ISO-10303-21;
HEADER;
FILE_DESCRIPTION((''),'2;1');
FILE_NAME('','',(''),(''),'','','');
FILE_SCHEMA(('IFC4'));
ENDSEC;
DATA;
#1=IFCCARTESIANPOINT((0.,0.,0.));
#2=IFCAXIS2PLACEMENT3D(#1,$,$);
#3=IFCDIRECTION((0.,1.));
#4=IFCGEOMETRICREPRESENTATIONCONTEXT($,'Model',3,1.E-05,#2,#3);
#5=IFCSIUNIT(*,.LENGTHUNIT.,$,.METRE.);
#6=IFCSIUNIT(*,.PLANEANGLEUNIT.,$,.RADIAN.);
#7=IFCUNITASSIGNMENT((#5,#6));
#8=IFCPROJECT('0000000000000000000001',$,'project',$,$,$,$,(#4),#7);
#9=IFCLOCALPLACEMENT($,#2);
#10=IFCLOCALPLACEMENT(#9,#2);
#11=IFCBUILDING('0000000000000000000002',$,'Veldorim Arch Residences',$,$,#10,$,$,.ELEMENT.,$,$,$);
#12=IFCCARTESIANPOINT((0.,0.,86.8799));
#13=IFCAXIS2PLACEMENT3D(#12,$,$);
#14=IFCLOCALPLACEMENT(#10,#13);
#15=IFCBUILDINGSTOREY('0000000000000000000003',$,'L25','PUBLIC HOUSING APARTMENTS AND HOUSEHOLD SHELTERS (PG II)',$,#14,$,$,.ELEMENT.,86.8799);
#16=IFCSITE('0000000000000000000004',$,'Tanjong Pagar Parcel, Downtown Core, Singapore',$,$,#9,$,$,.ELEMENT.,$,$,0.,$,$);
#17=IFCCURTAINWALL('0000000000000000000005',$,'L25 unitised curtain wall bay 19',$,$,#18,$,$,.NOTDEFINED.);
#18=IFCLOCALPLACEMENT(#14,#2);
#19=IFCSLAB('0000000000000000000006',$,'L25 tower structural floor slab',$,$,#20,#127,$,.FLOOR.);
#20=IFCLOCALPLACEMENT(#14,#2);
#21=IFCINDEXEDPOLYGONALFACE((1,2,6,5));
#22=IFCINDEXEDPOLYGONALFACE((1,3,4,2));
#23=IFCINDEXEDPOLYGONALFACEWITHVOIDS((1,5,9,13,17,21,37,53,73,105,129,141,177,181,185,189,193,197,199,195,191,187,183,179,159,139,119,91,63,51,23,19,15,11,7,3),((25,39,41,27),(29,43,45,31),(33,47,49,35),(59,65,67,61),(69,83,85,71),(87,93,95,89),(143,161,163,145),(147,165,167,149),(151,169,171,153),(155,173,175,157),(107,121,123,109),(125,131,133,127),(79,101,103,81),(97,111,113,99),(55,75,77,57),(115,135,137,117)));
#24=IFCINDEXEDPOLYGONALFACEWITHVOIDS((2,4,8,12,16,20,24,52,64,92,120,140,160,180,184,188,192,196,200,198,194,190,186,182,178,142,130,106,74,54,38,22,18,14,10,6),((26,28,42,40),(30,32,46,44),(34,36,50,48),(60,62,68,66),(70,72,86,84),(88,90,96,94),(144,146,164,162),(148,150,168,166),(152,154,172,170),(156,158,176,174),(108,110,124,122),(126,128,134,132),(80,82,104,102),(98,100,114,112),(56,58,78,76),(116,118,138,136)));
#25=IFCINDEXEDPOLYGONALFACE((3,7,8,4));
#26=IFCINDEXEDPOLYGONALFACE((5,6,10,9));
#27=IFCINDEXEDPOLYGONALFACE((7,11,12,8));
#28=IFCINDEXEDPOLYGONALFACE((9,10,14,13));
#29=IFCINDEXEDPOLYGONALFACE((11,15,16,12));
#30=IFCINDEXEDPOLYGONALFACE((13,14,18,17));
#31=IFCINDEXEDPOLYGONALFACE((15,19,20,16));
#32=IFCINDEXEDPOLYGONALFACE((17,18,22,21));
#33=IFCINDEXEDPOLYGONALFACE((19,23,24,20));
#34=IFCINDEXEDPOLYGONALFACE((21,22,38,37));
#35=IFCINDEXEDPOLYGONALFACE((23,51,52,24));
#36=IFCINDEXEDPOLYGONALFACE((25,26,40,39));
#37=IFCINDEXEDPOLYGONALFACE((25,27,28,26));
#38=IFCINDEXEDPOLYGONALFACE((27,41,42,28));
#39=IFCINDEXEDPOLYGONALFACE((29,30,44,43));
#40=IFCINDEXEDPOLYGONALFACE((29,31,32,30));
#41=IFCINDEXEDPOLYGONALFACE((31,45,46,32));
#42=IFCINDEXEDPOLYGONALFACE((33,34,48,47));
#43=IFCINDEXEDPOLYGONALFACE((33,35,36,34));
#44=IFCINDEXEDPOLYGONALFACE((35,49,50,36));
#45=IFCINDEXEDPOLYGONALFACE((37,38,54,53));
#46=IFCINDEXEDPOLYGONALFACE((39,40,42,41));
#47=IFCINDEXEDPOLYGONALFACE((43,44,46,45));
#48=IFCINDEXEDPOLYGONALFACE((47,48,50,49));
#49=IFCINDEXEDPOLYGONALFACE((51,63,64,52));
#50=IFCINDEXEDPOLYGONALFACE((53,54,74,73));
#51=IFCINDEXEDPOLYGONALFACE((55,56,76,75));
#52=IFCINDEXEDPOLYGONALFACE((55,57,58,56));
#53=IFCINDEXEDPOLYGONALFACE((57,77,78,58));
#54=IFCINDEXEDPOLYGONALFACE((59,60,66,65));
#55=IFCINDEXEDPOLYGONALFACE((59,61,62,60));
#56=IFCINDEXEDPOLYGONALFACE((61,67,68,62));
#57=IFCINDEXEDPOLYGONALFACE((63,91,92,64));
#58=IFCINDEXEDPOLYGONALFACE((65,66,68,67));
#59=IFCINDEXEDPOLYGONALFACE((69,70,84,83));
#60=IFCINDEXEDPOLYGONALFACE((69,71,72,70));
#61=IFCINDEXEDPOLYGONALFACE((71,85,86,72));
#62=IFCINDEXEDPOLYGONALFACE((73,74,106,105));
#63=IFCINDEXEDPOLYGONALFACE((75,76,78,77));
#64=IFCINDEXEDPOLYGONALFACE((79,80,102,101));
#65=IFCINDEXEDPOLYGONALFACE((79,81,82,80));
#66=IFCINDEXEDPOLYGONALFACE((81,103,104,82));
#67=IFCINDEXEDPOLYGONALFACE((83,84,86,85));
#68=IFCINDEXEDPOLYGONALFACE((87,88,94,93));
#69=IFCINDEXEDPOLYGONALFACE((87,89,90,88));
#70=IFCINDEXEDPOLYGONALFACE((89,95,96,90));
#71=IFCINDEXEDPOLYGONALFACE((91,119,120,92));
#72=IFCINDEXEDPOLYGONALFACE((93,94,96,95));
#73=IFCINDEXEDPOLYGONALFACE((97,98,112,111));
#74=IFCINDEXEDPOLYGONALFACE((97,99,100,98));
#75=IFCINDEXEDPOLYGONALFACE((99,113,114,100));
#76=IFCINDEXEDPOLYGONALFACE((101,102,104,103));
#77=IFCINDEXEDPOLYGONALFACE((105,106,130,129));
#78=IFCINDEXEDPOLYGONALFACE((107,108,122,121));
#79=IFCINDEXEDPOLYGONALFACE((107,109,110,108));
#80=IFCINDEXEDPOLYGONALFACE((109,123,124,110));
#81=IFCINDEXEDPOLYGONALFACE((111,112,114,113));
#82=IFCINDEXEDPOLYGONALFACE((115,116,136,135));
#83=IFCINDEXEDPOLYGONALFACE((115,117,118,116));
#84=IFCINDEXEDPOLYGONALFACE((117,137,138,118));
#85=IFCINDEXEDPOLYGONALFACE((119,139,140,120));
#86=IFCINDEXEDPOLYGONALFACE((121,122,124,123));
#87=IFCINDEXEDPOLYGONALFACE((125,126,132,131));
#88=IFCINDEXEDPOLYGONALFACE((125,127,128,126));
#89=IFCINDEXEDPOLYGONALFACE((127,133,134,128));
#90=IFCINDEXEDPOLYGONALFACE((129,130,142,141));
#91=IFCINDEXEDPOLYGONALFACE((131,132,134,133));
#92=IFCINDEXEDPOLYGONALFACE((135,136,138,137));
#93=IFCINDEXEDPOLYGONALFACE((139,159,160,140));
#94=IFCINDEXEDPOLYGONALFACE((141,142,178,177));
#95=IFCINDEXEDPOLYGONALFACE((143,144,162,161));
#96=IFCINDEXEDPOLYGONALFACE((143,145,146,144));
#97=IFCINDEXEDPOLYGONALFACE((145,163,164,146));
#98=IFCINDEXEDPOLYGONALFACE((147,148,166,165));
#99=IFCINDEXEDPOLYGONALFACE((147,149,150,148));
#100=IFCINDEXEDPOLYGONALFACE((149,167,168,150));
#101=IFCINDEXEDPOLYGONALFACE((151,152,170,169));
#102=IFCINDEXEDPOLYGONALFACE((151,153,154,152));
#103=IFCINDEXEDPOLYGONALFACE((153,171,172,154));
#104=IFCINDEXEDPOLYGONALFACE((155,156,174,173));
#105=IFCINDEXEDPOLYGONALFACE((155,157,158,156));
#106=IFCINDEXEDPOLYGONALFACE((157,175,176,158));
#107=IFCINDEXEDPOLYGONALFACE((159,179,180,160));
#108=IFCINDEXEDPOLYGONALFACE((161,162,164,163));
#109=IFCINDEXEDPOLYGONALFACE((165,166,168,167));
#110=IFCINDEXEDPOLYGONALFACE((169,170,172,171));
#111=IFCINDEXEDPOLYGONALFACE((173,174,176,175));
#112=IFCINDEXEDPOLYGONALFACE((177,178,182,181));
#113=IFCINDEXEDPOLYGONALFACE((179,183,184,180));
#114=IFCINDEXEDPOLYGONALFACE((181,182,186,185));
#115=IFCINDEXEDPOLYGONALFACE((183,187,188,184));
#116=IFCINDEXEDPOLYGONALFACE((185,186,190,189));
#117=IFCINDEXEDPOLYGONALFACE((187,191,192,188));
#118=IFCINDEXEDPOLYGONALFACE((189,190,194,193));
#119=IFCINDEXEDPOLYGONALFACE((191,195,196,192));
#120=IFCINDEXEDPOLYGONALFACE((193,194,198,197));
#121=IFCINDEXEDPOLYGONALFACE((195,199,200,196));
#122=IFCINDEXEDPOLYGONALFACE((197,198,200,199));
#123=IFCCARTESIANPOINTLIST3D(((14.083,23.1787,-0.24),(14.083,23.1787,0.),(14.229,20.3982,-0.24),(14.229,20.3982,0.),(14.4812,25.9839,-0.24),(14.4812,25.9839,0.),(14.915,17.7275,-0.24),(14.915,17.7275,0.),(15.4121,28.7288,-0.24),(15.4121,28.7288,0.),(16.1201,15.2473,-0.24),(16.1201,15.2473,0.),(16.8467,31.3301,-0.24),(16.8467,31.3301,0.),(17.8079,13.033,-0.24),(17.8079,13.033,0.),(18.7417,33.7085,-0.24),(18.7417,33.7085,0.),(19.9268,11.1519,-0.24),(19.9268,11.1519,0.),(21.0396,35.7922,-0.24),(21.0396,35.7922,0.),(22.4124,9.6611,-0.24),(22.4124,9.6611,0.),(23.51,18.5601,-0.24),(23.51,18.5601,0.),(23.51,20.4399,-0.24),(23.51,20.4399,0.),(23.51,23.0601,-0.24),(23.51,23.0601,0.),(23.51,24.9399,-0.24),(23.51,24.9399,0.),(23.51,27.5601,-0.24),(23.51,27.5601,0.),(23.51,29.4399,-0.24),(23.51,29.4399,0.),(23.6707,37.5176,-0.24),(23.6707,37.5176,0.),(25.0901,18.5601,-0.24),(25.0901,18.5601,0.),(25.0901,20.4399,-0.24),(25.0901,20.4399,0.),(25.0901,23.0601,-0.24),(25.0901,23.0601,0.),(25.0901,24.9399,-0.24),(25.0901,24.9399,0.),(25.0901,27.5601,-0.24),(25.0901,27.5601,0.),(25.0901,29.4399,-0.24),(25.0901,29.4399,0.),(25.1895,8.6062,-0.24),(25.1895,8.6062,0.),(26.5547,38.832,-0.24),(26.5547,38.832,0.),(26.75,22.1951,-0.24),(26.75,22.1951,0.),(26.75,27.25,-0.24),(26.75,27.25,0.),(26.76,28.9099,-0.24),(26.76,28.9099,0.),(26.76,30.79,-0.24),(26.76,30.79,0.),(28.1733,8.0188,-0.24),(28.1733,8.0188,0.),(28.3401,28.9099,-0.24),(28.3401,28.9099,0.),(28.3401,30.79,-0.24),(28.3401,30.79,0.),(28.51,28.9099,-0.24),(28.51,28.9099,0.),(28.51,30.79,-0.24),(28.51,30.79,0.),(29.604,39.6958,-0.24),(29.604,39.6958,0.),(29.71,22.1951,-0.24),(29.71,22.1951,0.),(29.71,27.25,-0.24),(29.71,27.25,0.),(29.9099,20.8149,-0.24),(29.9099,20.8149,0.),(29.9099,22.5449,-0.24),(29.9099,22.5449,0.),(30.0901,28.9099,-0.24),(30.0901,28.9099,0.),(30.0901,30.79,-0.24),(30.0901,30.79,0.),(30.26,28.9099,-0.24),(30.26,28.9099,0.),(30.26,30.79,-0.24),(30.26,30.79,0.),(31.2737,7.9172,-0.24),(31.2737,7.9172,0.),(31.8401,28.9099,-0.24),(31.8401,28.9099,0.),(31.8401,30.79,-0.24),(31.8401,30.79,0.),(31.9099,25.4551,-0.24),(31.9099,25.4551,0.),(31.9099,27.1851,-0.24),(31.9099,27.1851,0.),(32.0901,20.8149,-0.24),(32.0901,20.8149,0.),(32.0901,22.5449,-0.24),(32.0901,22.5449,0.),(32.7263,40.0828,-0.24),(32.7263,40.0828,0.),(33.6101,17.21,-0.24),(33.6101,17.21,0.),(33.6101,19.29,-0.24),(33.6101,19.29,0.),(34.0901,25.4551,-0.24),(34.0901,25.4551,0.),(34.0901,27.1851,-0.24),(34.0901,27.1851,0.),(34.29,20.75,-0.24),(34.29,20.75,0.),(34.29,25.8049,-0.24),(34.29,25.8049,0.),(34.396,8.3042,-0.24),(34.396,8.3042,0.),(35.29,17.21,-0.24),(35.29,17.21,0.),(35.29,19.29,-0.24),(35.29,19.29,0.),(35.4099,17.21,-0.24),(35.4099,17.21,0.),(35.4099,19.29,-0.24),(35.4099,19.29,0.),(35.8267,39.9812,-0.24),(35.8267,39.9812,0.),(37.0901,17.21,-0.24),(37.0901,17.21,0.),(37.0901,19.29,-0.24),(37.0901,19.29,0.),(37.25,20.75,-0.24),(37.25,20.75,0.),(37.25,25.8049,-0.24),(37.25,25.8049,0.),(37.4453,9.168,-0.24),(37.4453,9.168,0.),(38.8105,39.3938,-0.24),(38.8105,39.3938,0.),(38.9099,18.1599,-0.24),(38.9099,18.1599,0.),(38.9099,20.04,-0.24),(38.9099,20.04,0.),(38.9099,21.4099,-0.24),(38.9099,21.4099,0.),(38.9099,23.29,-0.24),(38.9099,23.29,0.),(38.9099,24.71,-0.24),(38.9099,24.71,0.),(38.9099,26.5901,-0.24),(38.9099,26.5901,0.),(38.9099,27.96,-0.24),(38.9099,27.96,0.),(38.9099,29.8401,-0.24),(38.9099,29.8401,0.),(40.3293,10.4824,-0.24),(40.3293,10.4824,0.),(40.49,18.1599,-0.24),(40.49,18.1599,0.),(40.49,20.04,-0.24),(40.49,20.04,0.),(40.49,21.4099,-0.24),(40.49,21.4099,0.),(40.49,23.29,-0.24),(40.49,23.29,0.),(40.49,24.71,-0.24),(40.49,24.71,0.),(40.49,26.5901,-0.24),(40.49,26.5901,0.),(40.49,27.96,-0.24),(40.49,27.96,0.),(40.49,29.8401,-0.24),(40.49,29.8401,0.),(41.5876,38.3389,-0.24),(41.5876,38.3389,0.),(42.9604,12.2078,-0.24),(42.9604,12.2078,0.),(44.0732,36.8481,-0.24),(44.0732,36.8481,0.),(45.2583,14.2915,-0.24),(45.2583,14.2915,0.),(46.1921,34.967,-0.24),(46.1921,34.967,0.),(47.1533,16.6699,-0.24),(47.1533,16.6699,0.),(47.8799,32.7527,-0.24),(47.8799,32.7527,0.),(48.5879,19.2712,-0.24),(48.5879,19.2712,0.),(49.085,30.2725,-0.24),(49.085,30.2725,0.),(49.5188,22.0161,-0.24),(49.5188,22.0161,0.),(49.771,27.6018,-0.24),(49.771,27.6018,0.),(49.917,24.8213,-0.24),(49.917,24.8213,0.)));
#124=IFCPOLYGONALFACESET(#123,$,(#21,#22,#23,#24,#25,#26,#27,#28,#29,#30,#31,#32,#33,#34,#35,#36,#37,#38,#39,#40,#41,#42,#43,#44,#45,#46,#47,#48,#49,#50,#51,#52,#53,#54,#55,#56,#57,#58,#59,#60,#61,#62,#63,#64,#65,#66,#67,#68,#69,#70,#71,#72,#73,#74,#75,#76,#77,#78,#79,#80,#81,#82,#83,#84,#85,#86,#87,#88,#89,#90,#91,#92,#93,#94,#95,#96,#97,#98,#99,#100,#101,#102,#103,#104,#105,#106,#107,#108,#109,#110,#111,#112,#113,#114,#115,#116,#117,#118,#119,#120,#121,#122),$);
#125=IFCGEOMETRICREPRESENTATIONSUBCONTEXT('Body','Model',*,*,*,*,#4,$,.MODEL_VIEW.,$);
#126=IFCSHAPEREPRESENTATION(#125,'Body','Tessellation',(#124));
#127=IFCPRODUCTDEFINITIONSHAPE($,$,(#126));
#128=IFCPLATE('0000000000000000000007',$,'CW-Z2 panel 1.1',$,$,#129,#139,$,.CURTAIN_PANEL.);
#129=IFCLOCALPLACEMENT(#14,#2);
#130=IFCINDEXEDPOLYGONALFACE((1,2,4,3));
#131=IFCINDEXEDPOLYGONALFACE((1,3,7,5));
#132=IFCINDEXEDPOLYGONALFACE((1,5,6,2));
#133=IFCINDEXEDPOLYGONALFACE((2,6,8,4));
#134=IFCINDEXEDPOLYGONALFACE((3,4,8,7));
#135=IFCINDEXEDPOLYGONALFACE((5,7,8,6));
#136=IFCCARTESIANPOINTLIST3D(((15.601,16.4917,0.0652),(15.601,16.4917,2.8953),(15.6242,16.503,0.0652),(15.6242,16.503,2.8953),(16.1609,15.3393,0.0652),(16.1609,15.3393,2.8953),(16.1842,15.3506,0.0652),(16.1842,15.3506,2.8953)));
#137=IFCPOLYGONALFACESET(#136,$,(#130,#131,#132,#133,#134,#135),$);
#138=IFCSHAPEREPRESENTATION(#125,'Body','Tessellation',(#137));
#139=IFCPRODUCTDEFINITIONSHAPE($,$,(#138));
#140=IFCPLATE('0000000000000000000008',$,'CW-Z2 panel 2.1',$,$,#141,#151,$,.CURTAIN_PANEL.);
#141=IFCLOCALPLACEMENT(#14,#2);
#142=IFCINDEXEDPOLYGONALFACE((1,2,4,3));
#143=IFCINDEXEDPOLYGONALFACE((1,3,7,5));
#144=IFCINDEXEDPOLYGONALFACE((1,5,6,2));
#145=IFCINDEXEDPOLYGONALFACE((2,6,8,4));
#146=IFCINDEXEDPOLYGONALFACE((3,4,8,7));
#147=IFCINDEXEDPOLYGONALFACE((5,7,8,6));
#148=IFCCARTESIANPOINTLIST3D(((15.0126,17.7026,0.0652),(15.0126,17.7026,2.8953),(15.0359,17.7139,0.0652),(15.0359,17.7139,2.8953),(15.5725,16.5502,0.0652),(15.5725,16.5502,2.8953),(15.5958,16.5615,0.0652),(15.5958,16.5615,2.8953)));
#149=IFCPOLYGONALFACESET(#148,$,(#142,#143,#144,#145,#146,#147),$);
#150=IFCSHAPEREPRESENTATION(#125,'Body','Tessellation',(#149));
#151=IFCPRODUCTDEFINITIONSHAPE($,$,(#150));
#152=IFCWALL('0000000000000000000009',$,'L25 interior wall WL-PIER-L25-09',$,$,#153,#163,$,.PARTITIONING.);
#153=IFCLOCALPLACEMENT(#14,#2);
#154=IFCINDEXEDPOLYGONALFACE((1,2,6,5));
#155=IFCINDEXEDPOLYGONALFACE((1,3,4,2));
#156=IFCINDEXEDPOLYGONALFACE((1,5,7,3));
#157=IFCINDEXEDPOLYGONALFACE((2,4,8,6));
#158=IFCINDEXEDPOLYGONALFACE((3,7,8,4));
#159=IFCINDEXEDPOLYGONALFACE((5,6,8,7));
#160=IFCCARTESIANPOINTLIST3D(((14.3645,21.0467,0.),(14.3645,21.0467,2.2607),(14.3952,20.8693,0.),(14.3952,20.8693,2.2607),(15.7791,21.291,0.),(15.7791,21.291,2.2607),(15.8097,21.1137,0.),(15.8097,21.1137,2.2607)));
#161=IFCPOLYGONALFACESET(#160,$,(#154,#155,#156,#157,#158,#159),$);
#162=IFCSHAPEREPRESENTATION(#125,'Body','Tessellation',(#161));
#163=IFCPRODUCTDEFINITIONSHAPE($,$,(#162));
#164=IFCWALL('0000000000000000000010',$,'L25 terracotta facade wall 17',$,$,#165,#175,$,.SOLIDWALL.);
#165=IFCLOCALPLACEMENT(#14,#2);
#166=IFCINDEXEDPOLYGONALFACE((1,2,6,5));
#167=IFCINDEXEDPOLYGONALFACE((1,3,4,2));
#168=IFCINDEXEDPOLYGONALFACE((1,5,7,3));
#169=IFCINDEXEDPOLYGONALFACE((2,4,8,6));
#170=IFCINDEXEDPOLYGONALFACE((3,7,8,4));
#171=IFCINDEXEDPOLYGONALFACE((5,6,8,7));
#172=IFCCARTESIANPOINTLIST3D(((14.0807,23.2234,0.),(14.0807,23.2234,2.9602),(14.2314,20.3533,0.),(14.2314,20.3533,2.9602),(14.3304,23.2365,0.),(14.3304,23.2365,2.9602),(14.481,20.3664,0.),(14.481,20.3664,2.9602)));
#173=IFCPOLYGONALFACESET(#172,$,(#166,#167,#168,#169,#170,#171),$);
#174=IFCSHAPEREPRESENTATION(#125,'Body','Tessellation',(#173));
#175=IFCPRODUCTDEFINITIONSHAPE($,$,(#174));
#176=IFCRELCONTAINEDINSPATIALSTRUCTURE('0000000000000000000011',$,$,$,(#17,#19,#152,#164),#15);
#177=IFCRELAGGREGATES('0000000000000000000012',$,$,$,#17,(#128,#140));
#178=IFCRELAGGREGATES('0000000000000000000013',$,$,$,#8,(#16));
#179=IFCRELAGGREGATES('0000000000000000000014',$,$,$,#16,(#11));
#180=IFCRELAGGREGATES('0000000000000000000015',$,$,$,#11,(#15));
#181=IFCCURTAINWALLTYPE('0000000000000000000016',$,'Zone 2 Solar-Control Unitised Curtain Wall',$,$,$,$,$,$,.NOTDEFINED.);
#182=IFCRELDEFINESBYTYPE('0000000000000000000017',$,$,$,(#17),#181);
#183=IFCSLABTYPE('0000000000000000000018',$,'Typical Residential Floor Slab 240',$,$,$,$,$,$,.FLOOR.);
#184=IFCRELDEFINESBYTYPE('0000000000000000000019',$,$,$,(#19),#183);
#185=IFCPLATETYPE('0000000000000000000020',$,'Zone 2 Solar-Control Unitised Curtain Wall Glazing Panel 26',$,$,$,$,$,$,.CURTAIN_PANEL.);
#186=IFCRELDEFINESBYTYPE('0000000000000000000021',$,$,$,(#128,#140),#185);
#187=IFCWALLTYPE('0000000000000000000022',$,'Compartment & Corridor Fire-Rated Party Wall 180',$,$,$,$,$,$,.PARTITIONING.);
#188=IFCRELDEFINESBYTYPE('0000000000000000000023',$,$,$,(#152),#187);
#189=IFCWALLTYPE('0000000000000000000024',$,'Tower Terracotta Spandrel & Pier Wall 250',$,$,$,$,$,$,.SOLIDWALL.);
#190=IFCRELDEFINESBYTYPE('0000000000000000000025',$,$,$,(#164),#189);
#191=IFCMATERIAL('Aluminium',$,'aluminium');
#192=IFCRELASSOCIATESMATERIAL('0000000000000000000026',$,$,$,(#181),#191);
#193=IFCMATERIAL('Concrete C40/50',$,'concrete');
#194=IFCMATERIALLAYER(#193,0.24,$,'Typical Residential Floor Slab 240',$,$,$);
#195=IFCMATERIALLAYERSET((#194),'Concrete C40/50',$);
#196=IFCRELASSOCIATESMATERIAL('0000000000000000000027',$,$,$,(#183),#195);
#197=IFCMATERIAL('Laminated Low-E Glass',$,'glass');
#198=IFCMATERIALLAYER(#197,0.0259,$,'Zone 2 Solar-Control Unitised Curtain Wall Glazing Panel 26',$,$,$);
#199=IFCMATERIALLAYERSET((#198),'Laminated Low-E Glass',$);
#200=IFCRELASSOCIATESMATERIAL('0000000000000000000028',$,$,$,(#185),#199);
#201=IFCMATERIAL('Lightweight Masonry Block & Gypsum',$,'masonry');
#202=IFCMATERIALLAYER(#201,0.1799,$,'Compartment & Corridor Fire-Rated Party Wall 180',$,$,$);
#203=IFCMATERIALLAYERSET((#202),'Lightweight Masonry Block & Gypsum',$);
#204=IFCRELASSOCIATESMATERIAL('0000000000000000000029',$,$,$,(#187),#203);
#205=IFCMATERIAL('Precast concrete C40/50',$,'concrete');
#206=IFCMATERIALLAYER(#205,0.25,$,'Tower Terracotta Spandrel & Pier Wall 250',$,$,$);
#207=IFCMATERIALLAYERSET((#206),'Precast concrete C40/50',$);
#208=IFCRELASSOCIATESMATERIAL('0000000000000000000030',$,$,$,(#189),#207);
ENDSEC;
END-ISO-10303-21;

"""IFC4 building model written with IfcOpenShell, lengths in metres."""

from ifc_helpers import new_model, si_unit, direction, frame, frame_2d, origin, origin_2d, place, context, subcontext, project, spatial, polyline, rectangle, outline, extrude, material, layer, layer_set, type_object, element, aggregate, save


model = new_model("IFC4")

# Units and contexts
model_context = context("Model", 3, precision=1e-05, world=origin(), true_north=direction((0.0, 1.0)))
body_context = subcontext(model_context, "Body", "Model", "MODEL_VIEW")
ifc_project = project(units=[si_unit("LENGTHUNIT", "METRE"), si_unit("PLANEANGLEUNIT", "RADIAN")], contexts=[model_context])

# Site, building, storey
site_placement = place(None, origin())
site = spatial("IfcSite", under=ifc_project, at=site_placement, Name="Tanjong Pagar Parcel, Downtown Core, Singapore", CompositionType="ELEMENT", RefElevation=0.0)
building_placement = place(site_placement, origin())
building = spatial("IfcBuilding", under=site, at=building_placement, Name="Veldorim Arch Residences", CompositionType="ELEMENT")
storey_placement = place(building_placement, frame((0.0, 0.0, 86.8799)))
storey = spatial("IfcBuildingStorey", under=building, at=storey_placement, Name="L25", Description="PUBLIC HOUSING APARTMENTS AND HOUSEHOLD SHELTERS (PG II)", CompositionType="ELEMENT", Elevation=86.8799)

# Curtain wall
ifc_material_1 = material(Name="Aluminium", Category="aluminium")
curtain_wall_type = type_object("IfcCurtainWallType", Name="Zone 2 Solar-Control Unitised Curtain Wall", PredefinedType="NOTDEFINED", material=ifc_material_1)
curtain_wall_placement = place(storey_placement, origin())
curtain_wall = element("IfcCurtainWall", 1, at=curtain_wall_placement, inside=storey, type_object=curtain_wall_type, Name="L25 unitised curtain wall bay 19", PredefinedType="NOTDEFINED")

# Slab
ifc_material_2 = material(Name="Concrete C40/50", Category="concrete")
ifc_layer_1 = layer(ifc_material_2, 0.24, Name="Typical Residential Floor Slab 240")
ifc_layer_set_1 = layer_set([ifc_layer_1], Name="Concrete C40/50")
slab_type_1 = type_object("IfcSlabType", Name="Typical Residential Floor Slab 240", PredefinedType="FLOOR", material=ifc_layer_set_1)
slab_1_placement = place(storey_placement, frame((0.0, 0.0, -0.24)))
element("IfcSlab", 2, at=slab_1_placement, inside=storey, type_object=slab_type_1, Name="L25 tower structural floor slab", PredefinedType="FLOOR", context=body_context, shape_type="SweptSolid", body=[
    extrude(outline(polyline([(49.085, 30.2725), (47.8799, 32.7527), (46.1921, 34.967), (44.0732, 36.8481), (41.5876, 38.3389), (38.8105, 39.3938), (35.8267, 39.9812), (32.7263, 40.0828), (29.604, 39.6958), (26.5547, 38.832), (23.6707, 37.5176), (21.0396, 35.7922), (18.7417, 33.7085), (16.8467, 31.3301), (15.4121, 28.7288), (14.4812, 25.9839), (14.083, 23.1787), (14.229, 20.3982), (14.915, 17.7275), (16.1201, 15.2473), (17.8079, 13.033), (19.9268, 11.1519), (22.4124, 9.6611), (25.1895, 8.6062), (28.1733, 8.0188), (31.2737, 7.9172), (34.396, 8.3042), (37.4453, 9.168), (40.3293, 10.4824), (42.9604, 12.2078), (45.2583, 14.2915), (47.1533, 16.6699), (48.5879, 19.2712), (49.5188, 22.0161), (49.917, 24.8213), (49.771, 27.6018), (49.085, 30.2725)]), holes=[polyline([(23.51, 20.4399), (25.0901, 20.4399), (25.0901, 18.5601), (23.51, 18.5601), (23.51, 20.4399)]), polyline([(29.9099, 22.5449), (32.0901, 22.5449), (32.0901, 20.8149), (29.9099, 20.8149), (29.9099, 22.5449)]), polyline([(23.51, 24.9399), (25.0901, 24.9399), (25.0901, 23.0601), (23.51, 23.0601), (23.51, 24.9399)]), polyline([(26.75, 27.25), (29.71, 27.25), (29.71, 22.1951), (26.75, 22.1951), (26.75, 27.25)]), polyline([(23.51, 29.4399), (25.0901, 29.4399), (25.0901, 27.5601), (23.51, 27.5601), (23.51, 29.4399)]), polyline([(26.76, 30.79), (28.3401, 30.79), (28.3401, 28.9099), (26.76, 28.9099), (26.76, 30.79)]), polyline([(28.51, 30.79), (30.0901, 30.79), (30.0901, 28.9099), (28.51, 28.9099), (28.51, 30.79)]), polyline([(30.26, 30.79), (31.8401, 30.79), (31.8401, 28.9099), (30.26, 28.9099), (30.26, 30.79)]), polyline([(33.6101, 19.29), (35.29, 19.29), (35.29, 17.21), (33.6101, 17.21), (33.6101, 19.29)]), polyline([(35.4099, 19.29), (37.0901, 19.29), (37.0901, 17.21), (35.4099, 17.21), (35.4099, 19.29)]), polyline([(38.9099, 20.04), (40.49, 20.04), (40.49, 18.1599), (38.9099, 18.1599), (38.9099, 20.04)]), polyline([(38.9099, 23.29), (40.49, 23.29), (40.49, 21.4099), (38.9099, 21.4099), (38.9099, 23.29)]), polyline([(34.29, 25.8049), (37.25, 25.8049), (37.25, 20.75), (34.29, 20.75), (34.29, 25.8049)]), polyline([(38.9099, 26.5901), (40.49, 26.5901), (40.49, 24.71), (38.9099, 24.71), (38.9099, 26.5901)]), polyline([(31.9099, 27.1851), (34.0901, 27.1851), (34.0901, 25.4551), (31.9099, 25.4551), (31.9099, 27.1851)]), polyline([(38.9099, 29.8401), (40.49, 29.8401), (40.49, 27.96), (38.9099, 27.96), (38.9099, 29.8401)])]), origin(), (0.0, 0.0, 1.0), 0.24),
])

# Plates
ifc_material_3 = material(Name="Laminated Low-E Glass", Category="glass")
ifc_layer_2 = layer(ifc_material_3, 0.0259, Name="Zone 2 Solar-Control Unitised Curtain Wall Glazing Panel 26")
ifc_layer_set_2 = layer_set([ifc_layer_2], Name="Laminated Low-E Glass")
plate_type = type_object("IfcPlateType", Name="Zone 2 Solar-Control Unitised Curtain Wall Glazing Panel 26", PredefinedType="CURTAIN_PANEL", material=ifc_layer_set_2)
plate_1_placement = place(storey_placement, frame((15.8926, 15.9211, 0.0652), z_axis=(0.0, 0.0, 1.0), x_axis=(-0.437046, 0.899439, 0.0)))
plate_1 = element("IfcPlate", 3, at=plate_1_placement, type_object=plate_type, Name="CW-Z2 panel 1.1", PredefinedType="CURTAIN_PANEL", context=body_context, shape_type="SweptSolid", body=[
    extrude(rectangle(XDim=1.2812, YDim=0.0259, at=origin_2d()), origin(), (0.0, 0.0, 1.0), 2.8301),
])
plate_2_placement = place(storey_placement, frame((15.3042, 17.1321, 0.0652), z_axis=(0.0, 0.0, 1.0), x_axis=(-0.437046, 0.899439, 0.0)))
plate_2 = element("IfcPlate", 4, at=plate_2_placement, type_object=plate_type, Name="CW-Z2 panel 2.1", PredefinedType="CURTAIN_PANEL", context=body_context, shape_type="SweptSolid", body=[
    extrude(rectangle(XDim=1.2812, YDim=0.0259, at=origin_2d()), origin(), (0.0, 0.0, 1.0), 2.8301),
])
aggregate(curtain_wall, [plate_1, plate_2])

# Walls
ifc_material_4 = material(Name="Lightweight Masonry Block & Gypsum", Category="masonry")
ifc_layer_3 = layer(ifc_material_4, 0.1799, Name="Compartment & Corridor Fire-Rated Party Wall 180")
ifc_layer_set_3 = layer_set([ifc_layer_3], Name="Lightweight Masonry Block & Gypsum")
wall_type_1 = type_object("IfcWallType", Name="Compartment & Corridor Fire-Rated Party Wall 180", PredefinedType="PARTITIONING", material=ifc_layer_set_3)
wall_1_placement = place(storey_placement, frame((15.7944, 21.2024, 0.0), z_axis=(0.0, 0.0, 1.0), x_axis=(-0.985402, -0.170243, 0.0)))
element("IfcWall", 5, at=wall_1_placement, inside=storey, type_object=wall_type_1, Name="L25 interior wall WL-PIER-L25-09", PredefinedType="PARTITIONING", context=body_context, shape_type="SweptSolid", body=[
    extrude(rectangle(XDim=1.4355, YDim=0.1799, at=frame_2d((0.7178, 0.0))), origin(), (0.0, 0.0, 1.0), 2.2607),
])
ifc_material_5 = material(Name="Precast concrete C40/50", Category="concrete")
ifc_layer_4 = layer(ifc_material_5, 0.25, Name="Tower Terracotta Spandrel & Pier Wall 250")
ifc_layer_set_4 = layer_set([ifc_layer_4], Name="Precast concrete C40/50")
wall_type_2 = type_object("IfcWallType", Name="Tower Terracotta Spandrel & Pier Wall 250", PredefinedType="SOLIDWALL", material=ifc_layer_set_4)
wall_2_placement = place(storey_placement, frame((14.3562, 20.3599, 0.0), z_axis=(0.0, 0.0, 1.0), x_axis=(-0.052412, 0.998626, 0.0)))
element("IfcWall", 6, at=wall_2_placement, inside=storey, type_object=wall_type_2, Name="L25 terracotta facade wall 17", PredefinedType="SOLIDWALL", context=body_context, shape_type="SweptSolid", body=[
    extrude(rectangle(XDim=2.874, YDim=0.25, at=frame_2d((1.437, 0.0))), origin(), (0.0, 0.0, 1.0), 2.9602),
])

save(model, "model.ifc")
